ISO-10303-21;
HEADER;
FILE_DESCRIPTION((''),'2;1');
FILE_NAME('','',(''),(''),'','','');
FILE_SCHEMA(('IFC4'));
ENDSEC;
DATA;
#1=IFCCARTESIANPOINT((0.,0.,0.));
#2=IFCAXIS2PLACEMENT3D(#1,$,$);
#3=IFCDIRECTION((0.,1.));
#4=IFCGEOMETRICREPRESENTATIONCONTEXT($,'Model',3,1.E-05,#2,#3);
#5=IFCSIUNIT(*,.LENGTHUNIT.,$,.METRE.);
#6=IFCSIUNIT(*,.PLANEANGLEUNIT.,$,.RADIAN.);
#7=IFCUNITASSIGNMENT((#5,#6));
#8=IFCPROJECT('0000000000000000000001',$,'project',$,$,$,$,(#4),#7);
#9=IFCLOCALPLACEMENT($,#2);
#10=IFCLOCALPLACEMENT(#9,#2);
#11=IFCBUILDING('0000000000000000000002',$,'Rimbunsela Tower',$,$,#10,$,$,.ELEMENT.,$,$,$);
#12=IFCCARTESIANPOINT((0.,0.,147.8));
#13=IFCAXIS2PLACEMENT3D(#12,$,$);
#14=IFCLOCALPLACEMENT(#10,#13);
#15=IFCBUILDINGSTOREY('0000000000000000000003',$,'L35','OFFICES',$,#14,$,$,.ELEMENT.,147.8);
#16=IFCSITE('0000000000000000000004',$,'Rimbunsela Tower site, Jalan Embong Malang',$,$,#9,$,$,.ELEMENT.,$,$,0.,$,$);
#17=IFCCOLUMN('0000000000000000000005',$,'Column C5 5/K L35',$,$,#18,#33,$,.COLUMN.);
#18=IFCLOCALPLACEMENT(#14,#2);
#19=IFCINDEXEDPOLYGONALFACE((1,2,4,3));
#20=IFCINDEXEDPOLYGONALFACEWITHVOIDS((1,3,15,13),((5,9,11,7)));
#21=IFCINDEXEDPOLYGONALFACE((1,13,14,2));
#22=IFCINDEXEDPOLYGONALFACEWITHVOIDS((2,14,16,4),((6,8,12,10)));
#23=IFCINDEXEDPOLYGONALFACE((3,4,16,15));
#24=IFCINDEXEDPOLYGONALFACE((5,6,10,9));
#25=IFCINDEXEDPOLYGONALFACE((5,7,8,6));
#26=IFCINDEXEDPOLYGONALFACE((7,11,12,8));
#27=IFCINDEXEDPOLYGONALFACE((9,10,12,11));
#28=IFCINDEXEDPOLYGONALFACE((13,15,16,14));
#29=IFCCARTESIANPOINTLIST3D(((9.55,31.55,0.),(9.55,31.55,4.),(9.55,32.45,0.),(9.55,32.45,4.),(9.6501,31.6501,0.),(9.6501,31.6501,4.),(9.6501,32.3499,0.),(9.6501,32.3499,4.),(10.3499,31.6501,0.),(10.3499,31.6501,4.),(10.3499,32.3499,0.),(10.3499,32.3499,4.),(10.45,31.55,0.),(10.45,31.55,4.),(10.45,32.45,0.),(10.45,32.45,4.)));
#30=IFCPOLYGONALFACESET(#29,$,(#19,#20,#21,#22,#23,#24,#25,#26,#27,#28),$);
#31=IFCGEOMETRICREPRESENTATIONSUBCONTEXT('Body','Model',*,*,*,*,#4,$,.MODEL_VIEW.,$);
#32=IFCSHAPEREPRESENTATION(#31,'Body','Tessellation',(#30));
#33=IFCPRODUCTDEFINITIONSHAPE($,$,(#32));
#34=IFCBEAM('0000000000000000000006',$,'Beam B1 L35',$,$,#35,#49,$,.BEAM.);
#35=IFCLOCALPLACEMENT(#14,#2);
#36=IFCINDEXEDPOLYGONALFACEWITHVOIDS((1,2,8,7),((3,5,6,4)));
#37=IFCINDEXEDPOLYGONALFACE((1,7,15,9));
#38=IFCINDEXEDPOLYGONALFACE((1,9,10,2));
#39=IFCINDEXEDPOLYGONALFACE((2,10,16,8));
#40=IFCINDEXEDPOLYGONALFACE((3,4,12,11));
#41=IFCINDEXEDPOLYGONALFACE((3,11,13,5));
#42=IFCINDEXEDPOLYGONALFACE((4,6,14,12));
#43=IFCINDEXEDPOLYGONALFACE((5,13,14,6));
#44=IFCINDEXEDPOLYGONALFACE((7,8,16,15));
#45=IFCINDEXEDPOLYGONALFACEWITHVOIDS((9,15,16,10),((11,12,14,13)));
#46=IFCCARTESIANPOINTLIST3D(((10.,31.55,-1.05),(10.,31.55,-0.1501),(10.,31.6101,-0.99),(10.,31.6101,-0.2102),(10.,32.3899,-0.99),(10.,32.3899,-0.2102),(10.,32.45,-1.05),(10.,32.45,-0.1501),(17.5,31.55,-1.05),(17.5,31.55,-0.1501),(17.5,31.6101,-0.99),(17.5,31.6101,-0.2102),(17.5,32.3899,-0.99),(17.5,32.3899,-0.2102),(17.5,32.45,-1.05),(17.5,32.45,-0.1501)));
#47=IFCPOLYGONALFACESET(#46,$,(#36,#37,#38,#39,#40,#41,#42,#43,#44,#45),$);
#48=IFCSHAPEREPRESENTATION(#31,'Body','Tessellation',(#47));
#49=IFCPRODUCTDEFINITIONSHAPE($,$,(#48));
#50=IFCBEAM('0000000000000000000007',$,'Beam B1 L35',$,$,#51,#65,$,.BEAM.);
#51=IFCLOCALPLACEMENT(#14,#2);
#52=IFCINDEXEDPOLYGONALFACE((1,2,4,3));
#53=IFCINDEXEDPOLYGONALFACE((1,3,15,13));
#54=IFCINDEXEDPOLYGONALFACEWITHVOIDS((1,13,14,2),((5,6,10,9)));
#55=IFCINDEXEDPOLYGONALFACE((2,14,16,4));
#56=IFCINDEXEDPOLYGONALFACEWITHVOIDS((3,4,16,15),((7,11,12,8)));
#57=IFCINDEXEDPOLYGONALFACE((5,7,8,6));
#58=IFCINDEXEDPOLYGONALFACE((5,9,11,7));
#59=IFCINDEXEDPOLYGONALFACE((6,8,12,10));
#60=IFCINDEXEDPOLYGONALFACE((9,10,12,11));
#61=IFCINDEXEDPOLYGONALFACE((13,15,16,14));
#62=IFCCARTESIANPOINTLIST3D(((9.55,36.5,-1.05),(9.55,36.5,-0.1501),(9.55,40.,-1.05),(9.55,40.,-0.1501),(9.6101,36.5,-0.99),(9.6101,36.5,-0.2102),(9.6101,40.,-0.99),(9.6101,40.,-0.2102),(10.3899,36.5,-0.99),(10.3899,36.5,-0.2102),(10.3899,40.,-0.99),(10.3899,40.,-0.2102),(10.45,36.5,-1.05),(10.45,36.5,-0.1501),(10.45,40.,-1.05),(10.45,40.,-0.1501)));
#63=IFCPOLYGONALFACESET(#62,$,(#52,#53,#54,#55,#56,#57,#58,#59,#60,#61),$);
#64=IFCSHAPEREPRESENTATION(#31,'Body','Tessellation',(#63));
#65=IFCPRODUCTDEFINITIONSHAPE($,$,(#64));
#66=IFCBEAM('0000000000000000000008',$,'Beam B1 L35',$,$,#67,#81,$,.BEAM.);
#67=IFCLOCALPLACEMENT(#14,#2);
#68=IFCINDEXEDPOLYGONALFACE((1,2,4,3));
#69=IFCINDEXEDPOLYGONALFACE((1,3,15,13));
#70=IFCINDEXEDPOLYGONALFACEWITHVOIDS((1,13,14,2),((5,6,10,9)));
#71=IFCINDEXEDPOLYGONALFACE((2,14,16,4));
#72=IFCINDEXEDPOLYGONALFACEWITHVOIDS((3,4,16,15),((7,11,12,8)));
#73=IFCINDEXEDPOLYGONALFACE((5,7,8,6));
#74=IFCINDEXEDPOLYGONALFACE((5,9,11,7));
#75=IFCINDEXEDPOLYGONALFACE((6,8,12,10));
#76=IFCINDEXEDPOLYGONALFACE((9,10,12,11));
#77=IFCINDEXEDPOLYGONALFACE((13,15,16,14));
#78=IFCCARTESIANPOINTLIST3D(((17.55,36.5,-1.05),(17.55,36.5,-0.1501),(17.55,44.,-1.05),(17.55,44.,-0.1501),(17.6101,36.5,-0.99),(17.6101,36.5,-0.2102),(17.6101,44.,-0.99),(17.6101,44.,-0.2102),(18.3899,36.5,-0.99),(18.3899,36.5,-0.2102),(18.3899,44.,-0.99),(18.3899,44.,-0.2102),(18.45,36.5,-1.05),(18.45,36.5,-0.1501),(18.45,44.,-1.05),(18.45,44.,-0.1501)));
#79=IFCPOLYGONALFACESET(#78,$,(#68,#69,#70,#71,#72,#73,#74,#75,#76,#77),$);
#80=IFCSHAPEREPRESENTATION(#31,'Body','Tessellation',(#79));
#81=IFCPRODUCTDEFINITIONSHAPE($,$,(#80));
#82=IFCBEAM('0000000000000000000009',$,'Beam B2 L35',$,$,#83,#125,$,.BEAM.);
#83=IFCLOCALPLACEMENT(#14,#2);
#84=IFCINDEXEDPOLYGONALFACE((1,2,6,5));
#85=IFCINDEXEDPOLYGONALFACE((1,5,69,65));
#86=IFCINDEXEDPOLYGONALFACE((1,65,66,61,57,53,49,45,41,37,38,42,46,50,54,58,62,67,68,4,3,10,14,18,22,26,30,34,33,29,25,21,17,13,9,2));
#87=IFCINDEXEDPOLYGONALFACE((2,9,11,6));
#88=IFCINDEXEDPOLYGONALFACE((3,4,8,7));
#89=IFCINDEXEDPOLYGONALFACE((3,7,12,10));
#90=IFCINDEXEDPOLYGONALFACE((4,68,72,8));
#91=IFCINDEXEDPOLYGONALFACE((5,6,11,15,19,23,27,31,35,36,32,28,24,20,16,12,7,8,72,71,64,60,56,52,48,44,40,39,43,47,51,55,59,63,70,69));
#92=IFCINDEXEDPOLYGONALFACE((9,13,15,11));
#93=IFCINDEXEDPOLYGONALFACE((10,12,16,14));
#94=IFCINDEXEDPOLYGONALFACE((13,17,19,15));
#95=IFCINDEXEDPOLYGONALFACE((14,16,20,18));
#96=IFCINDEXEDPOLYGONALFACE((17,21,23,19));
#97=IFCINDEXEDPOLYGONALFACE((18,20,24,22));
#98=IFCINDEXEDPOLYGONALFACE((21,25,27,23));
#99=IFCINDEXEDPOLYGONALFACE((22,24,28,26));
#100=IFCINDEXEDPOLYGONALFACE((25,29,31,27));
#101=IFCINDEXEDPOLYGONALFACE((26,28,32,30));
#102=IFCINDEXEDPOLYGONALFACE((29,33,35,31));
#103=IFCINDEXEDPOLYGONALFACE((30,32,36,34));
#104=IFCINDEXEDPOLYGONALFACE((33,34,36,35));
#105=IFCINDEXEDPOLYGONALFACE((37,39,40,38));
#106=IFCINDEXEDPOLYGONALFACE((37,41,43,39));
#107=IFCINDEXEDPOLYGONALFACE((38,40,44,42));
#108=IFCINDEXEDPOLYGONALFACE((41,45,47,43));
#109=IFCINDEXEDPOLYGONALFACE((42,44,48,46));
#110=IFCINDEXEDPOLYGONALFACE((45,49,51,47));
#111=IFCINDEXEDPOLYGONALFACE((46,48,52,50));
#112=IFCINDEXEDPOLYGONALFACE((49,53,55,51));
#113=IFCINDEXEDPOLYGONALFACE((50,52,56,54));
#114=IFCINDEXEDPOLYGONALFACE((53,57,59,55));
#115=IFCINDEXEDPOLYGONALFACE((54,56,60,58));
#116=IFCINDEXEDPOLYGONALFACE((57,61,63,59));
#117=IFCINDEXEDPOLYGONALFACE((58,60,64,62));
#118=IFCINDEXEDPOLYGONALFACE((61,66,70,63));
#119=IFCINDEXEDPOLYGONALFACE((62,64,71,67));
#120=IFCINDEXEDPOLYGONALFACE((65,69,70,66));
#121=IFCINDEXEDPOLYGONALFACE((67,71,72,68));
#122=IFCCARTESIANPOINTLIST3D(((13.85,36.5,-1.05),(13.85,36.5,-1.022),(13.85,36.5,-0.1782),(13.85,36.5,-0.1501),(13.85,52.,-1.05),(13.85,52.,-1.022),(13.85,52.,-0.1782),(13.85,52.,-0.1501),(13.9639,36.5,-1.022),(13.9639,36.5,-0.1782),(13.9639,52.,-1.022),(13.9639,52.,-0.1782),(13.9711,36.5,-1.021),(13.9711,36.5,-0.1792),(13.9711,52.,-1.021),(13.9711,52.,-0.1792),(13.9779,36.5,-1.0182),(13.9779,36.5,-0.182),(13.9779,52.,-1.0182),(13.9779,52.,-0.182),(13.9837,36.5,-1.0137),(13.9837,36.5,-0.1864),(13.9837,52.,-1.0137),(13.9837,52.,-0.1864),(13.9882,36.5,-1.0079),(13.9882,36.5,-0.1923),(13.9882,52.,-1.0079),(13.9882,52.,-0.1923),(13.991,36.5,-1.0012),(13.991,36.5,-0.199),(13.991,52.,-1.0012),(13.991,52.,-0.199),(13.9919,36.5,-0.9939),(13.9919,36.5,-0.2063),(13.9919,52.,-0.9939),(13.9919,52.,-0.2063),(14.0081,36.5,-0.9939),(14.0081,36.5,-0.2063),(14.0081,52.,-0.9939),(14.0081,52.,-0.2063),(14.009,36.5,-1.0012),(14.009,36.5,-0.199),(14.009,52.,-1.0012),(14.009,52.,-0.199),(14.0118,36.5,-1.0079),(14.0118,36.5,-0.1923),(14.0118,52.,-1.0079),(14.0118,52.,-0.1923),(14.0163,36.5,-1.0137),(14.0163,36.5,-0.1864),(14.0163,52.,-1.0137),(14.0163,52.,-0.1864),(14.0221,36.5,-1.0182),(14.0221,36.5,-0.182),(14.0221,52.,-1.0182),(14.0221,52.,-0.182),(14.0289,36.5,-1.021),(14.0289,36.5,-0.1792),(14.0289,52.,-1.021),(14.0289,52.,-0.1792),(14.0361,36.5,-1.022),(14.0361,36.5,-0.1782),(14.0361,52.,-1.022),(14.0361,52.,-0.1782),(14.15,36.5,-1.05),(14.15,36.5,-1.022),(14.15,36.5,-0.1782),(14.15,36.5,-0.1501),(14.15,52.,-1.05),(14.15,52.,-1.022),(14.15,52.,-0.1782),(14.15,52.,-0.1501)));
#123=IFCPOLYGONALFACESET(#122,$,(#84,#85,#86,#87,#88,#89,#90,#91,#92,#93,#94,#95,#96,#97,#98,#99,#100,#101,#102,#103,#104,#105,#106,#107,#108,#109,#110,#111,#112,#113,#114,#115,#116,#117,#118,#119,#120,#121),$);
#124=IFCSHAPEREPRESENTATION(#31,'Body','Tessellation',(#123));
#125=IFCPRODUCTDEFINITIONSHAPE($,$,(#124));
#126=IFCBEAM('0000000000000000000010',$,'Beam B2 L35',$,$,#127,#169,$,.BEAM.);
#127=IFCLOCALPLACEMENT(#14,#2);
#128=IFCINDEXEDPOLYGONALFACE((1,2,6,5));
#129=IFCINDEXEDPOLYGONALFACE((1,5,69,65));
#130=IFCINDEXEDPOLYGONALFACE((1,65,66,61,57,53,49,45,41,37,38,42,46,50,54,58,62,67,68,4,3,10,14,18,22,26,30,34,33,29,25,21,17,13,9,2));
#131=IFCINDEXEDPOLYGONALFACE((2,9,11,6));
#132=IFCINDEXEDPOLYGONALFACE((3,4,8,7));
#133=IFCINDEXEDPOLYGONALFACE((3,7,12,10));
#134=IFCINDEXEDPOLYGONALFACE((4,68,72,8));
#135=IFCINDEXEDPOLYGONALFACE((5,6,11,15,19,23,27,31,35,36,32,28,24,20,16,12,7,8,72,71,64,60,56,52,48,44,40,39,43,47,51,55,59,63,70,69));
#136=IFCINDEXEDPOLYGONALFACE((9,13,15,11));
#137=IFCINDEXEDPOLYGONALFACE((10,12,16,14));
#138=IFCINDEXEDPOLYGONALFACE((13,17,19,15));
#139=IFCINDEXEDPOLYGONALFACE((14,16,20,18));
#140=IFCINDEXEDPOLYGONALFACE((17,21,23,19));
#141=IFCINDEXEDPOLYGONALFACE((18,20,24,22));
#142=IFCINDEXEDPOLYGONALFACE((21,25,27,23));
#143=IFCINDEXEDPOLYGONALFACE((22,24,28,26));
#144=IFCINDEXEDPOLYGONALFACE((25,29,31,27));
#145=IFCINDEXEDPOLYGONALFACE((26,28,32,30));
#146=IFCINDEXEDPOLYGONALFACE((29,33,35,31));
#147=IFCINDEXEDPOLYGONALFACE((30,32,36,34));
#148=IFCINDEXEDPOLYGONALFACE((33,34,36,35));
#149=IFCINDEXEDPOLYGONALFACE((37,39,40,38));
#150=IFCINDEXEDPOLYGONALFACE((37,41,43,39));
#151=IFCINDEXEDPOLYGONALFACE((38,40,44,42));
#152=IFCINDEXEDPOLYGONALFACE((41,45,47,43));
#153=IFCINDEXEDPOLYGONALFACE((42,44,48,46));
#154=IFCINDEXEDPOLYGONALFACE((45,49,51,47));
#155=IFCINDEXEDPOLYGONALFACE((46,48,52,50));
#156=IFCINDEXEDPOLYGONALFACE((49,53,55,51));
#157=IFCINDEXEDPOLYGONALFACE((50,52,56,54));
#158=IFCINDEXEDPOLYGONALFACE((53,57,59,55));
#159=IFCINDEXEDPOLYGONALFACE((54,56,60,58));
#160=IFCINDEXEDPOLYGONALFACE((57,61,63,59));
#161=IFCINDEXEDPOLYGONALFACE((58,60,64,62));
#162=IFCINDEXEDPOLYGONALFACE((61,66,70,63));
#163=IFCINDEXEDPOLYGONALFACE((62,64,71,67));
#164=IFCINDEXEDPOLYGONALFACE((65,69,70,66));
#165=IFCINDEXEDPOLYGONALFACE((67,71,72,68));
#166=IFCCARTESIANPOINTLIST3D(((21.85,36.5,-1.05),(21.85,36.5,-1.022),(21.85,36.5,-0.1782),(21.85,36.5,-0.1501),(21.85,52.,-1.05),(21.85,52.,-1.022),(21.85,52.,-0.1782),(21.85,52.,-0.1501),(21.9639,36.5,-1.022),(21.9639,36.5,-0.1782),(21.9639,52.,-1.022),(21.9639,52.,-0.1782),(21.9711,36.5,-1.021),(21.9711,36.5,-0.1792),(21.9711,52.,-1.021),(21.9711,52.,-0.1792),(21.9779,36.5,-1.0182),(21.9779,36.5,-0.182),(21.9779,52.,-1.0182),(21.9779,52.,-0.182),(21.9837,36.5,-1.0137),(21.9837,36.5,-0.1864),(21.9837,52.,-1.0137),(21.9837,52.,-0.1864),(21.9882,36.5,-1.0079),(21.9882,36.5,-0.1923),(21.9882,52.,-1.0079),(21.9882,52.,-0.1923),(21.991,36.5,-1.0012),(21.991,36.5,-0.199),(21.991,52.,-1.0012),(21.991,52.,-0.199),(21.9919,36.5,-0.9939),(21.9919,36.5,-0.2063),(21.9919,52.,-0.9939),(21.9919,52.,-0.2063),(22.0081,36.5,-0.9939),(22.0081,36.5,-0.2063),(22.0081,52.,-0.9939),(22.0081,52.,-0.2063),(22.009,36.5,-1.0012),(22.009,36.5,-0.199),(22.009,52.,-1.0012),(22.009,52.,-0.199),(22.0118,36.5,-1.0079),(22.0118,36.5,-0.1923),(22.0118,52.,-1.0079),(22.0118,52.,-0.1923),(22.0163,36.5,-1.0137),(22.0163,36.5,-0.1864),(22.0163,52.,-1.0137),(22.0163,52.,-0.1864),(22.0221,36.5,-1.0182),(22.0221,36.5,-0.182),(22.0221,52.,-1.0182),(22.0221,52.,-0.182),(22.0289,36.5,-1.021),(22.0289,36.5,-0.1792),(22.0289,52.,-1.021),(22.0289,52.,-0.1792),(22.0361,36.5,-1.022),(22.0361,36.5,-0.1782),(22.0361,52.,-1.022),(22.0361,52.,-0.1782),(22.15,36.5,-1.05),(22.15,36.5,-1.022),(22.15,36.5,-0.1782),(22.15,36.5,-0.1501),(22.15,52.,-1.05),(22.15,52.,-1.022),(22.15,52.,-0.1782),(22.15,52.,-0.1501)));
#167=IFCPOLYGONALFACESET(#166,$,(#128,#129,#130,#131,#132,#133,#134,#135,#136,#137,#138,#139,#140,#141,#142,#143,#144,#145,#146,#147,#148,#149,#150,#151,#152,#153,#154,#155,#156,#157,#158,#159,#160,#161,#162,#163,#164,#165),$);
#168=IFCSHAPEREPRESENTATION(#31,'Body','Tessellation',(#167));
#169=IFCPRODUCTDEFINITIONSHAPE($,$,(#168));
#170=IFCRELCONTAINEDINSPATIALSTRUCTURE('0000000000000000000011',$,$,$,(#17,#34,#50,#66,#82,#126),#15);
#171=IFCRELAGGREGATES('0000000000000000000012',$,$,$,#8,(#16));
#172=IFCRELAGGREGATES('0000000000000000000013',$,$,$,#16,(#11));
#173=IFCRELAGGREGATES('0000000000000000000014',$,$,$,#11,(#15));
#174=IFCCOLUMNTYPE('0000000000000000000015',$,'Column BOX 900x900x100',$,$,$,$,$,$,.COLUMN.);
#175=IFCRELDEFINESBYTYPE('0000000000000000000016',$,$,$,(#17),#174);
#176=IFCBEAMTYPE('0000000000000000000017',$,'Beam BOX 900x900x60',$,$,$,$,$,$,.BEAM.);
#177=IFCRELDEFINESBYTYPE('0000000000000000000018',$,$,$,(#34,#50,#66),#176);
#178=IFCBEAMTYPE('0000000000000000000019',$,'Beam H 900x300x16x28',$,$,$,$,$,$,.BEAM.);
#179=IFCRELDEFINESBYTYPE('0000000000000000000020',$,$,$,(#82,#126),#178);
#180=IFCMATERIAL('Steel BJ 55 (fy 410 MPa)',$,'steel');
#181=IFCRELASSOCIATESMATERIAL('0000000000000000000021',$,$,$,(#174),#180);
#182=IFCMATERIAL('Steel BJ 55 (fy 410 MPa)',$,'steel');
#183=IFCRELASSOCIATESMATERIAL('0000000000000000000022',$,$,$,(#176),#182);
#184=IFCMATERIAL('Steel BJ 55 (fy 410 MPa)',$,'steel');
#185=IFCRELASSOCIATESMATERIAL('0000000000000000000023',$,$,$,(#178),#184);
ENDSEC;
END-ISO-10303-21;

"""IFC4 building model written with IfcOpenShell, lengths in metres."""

from ifc_helpers import new_model, si_unit, direction, frame, origin, origin_2d, place, context, subcontext, project, spatial, hollow_rectangle, i_section, extrude, material, material_profile, profile_set, type_object, element, save


model = new_model("IFC4")

# Units and contexts
model_context = context("Model", 3, precision=1e-05, world=origin(), true_north=direction((0.0, 1.0)))
body_context = subcontext(model_context, "Body", "Model", "MODEL_VIEW")
ifc_project = project(units=[si_unit("LENGTHUNIT", "METRE"), si_unit("PLANEANGLEUNIT", "RADIAN")], contexts=[model_context])

# Site, building, storey
site_placement = place(None, origin())
site = spatial("IfcSite", under=ifc_project, at=site_placement, Name="Rimbunsela Tower site, Jalan Embong Malang", CompositionType="ELEMENT", RefElevation=0.0)
building_placement = place(site_placement, origin())
building = spatial("IfcBuilding", under=site, at=building_placement, Name="Rimbunsela Tower", CompositionType="ELEMENT")
storey_placement = place(building_placement, frame((0.0, 0.0, 147.8)))
storey = spatial("IfcBuildingStorey", under=building, at=storey_placement, Name="L35", Description="OFFICES", CompositionType="ELEMENT", Elevation=147.8)

# Column
ifc_material_1 = material(Name="Steel BJ 55 (fy 410 MPa)", Category="steel")
ifc_material_profile_1 = material_profile(ifc_material_1, hollow_rectangle(XDim=0.8999, YDim=0.8999, WallThickness=0.1001, at=origin_2d()), Name="BOX 900x900x100")
ifc_profile_set_1 = profile_set([ifc_material_profile_1], Name="Steel BJ 55 (fy 410 MPa)")
column_type = type_object("IfcColumnType", Name="Column BOX 900x900x100", PredefinedType="COLUMN", material=ifc_profile_set_1)
column_placement = place(storey_placement, frame((10.0, 32.0, 0.0), z_axis=(0.0, 0.0, 1.0), x_axis=(1.0, 0.0, 0.0)))
element("IfcColumn", 1, at=column_placement, inside=storey, type_object=column_type, Name="Column C5 5/K L35", PredefinedType="COLUMN", context=body_context, shape_type="SweptSolid", body=[
    extrude(hollow_rectangle(XDim=0.8999, YDim=0.8999, WallThickness=0.1001, at=origin_2d()), origin(), (0.0, 0.0, 1.0), 4.0),
])

# Beams
ifc_material_2 = material(Name="Steel BJ 55 (fy 410 MPa)", Category="steel")
ifc_material_profile_2 = material_profile(ifc_material_2, hollow_rectangle(XDim=0.8999, YDim=0.8999, WallThickness=0.0601, at=origin_2d()), Name="BOX 900x900x60")
ifc_profile_set_2 = profile_set([ifc_material_profile_2], Name="Steel BJ 55 (fy 410 MPa)")
beam_type_1 = type_object("IfcBeamType", Name="Beam BOX 900x900x60", PredefinedType="BEAM", material=ifc_profile_set_2)
beam_1_placement = place(storey_placement, frame((10.0, 32.0, -0.6001), z_axis=(1.0, 0.0, 0.0), x_axis=(0.0, 1.0, 0.0)))
element("IfcBeam", 2, at=beam_1_placement, inside=storey, type_object=beam_type_1, Name="Beam B1 L35", PredefinedType="BEAM", context=body_context, shape_type="SweptSolid", body=[
    extrude(hollow_rectangle(XDim=0.8999, YDim=0.8999, WallThickness=0.0601, at=origin_2d()), origin(), (0.0, 0.0, 1.0), 7.5),
])
beam_2_placement = place(storey_placement, frame((10.0, 36.5, -0.6001), z_axis=(0.0, 1.0, 0.0), x_axis=(-1.0, 0.0, 0.0)))
element("IfcBeam", 3, at=beam_2_placement, inside=storey, type_object=beam_type_1, Name="Beam B1 L35", PredefinedType="BEAM", context=body_context, shape_type="SweptSolid", body=[
    extrude(hollow_rectangle(XDim=0.8999, YDim=0.8999, WallThickness=0.0601, at=origin_2d()), origin(), (0.0, 0.0, 1.0), 3.5),
])
beam_3_placement = place(storey_placement, frame((18.0, 36.5, -0.6001), z_axis=(0.0, 1.0, 0.0), x_axis=(-1.0, 0.0, 0.0)))
element("IfcBeam", 4, at=beam_3_placement, inside=storey, type_object=beam_type_1, Name="Beam B1 L35", PredefinedType="BEAM", context=body_context, shape_type="SweptSolid", body=[
    extrude(hollow_rectangle(XDim=0.8999, YDim=0.8999, WallThickness=0.0601, at=origin_2d()), origin(), (0.0, 0.0, 1.0), 7.5),
])
ifc_material_3 = material(Name="Steel BJ 55 (fy 410 MPa)", Category="steel")
ifc_material_profile_3 = material_profile(ifc_material_3, i_section(OverallWidth=0.3, OverallDepth=0.8999, WebThickness=0.0161, FlangeThickness=0.0281, FilletRadius=0.0281, at=origin_2d()), Name="H 900x300x16x28")
ifc_profile_set_3 = profile_set([ifc_material_profile_3], Name="Steel BJ 55 (fy 410 MPa)")
beam_type_2 = type_object("IfcBeamType", Name="Beam H 900x300x16x28", PredefinedType="BEAM", material=ifc_profile_set_3)
for number, where, z_axis, x_axis, name in (
    (5, (14.0, 36.5, -0.6001), (0.0, 1.0, 0.0), (-1.0, 0.0, 0.0), "Beam B2 L35"),
    (6, (22.0, 36.5, -0.6001), (0.0, 1.0, 0.0), (-1.0, 0.0, 0.0), "Beam B2 L35"),
):
    element("IfcBeam", number, at=place(storey_placement, frame(where, z_axis=z_axis, x_axis=x_axis)), inside=storey, type_object=beam_type_2, Name=name, PredefinedType="BEAM", context=body_context, shape_type="SweptSolid", body=[
        extrude(i_section(OverallWidth=0.3, OverallDepth=0.8999, WebThickness=0.0161, FlangeThickness=0.0281, FilletRadius=0.0281, at=origin_2d()), origin(), (0.0, 0.0, 1.0), 15.5),
    ])

save(model, "model.ifc")
